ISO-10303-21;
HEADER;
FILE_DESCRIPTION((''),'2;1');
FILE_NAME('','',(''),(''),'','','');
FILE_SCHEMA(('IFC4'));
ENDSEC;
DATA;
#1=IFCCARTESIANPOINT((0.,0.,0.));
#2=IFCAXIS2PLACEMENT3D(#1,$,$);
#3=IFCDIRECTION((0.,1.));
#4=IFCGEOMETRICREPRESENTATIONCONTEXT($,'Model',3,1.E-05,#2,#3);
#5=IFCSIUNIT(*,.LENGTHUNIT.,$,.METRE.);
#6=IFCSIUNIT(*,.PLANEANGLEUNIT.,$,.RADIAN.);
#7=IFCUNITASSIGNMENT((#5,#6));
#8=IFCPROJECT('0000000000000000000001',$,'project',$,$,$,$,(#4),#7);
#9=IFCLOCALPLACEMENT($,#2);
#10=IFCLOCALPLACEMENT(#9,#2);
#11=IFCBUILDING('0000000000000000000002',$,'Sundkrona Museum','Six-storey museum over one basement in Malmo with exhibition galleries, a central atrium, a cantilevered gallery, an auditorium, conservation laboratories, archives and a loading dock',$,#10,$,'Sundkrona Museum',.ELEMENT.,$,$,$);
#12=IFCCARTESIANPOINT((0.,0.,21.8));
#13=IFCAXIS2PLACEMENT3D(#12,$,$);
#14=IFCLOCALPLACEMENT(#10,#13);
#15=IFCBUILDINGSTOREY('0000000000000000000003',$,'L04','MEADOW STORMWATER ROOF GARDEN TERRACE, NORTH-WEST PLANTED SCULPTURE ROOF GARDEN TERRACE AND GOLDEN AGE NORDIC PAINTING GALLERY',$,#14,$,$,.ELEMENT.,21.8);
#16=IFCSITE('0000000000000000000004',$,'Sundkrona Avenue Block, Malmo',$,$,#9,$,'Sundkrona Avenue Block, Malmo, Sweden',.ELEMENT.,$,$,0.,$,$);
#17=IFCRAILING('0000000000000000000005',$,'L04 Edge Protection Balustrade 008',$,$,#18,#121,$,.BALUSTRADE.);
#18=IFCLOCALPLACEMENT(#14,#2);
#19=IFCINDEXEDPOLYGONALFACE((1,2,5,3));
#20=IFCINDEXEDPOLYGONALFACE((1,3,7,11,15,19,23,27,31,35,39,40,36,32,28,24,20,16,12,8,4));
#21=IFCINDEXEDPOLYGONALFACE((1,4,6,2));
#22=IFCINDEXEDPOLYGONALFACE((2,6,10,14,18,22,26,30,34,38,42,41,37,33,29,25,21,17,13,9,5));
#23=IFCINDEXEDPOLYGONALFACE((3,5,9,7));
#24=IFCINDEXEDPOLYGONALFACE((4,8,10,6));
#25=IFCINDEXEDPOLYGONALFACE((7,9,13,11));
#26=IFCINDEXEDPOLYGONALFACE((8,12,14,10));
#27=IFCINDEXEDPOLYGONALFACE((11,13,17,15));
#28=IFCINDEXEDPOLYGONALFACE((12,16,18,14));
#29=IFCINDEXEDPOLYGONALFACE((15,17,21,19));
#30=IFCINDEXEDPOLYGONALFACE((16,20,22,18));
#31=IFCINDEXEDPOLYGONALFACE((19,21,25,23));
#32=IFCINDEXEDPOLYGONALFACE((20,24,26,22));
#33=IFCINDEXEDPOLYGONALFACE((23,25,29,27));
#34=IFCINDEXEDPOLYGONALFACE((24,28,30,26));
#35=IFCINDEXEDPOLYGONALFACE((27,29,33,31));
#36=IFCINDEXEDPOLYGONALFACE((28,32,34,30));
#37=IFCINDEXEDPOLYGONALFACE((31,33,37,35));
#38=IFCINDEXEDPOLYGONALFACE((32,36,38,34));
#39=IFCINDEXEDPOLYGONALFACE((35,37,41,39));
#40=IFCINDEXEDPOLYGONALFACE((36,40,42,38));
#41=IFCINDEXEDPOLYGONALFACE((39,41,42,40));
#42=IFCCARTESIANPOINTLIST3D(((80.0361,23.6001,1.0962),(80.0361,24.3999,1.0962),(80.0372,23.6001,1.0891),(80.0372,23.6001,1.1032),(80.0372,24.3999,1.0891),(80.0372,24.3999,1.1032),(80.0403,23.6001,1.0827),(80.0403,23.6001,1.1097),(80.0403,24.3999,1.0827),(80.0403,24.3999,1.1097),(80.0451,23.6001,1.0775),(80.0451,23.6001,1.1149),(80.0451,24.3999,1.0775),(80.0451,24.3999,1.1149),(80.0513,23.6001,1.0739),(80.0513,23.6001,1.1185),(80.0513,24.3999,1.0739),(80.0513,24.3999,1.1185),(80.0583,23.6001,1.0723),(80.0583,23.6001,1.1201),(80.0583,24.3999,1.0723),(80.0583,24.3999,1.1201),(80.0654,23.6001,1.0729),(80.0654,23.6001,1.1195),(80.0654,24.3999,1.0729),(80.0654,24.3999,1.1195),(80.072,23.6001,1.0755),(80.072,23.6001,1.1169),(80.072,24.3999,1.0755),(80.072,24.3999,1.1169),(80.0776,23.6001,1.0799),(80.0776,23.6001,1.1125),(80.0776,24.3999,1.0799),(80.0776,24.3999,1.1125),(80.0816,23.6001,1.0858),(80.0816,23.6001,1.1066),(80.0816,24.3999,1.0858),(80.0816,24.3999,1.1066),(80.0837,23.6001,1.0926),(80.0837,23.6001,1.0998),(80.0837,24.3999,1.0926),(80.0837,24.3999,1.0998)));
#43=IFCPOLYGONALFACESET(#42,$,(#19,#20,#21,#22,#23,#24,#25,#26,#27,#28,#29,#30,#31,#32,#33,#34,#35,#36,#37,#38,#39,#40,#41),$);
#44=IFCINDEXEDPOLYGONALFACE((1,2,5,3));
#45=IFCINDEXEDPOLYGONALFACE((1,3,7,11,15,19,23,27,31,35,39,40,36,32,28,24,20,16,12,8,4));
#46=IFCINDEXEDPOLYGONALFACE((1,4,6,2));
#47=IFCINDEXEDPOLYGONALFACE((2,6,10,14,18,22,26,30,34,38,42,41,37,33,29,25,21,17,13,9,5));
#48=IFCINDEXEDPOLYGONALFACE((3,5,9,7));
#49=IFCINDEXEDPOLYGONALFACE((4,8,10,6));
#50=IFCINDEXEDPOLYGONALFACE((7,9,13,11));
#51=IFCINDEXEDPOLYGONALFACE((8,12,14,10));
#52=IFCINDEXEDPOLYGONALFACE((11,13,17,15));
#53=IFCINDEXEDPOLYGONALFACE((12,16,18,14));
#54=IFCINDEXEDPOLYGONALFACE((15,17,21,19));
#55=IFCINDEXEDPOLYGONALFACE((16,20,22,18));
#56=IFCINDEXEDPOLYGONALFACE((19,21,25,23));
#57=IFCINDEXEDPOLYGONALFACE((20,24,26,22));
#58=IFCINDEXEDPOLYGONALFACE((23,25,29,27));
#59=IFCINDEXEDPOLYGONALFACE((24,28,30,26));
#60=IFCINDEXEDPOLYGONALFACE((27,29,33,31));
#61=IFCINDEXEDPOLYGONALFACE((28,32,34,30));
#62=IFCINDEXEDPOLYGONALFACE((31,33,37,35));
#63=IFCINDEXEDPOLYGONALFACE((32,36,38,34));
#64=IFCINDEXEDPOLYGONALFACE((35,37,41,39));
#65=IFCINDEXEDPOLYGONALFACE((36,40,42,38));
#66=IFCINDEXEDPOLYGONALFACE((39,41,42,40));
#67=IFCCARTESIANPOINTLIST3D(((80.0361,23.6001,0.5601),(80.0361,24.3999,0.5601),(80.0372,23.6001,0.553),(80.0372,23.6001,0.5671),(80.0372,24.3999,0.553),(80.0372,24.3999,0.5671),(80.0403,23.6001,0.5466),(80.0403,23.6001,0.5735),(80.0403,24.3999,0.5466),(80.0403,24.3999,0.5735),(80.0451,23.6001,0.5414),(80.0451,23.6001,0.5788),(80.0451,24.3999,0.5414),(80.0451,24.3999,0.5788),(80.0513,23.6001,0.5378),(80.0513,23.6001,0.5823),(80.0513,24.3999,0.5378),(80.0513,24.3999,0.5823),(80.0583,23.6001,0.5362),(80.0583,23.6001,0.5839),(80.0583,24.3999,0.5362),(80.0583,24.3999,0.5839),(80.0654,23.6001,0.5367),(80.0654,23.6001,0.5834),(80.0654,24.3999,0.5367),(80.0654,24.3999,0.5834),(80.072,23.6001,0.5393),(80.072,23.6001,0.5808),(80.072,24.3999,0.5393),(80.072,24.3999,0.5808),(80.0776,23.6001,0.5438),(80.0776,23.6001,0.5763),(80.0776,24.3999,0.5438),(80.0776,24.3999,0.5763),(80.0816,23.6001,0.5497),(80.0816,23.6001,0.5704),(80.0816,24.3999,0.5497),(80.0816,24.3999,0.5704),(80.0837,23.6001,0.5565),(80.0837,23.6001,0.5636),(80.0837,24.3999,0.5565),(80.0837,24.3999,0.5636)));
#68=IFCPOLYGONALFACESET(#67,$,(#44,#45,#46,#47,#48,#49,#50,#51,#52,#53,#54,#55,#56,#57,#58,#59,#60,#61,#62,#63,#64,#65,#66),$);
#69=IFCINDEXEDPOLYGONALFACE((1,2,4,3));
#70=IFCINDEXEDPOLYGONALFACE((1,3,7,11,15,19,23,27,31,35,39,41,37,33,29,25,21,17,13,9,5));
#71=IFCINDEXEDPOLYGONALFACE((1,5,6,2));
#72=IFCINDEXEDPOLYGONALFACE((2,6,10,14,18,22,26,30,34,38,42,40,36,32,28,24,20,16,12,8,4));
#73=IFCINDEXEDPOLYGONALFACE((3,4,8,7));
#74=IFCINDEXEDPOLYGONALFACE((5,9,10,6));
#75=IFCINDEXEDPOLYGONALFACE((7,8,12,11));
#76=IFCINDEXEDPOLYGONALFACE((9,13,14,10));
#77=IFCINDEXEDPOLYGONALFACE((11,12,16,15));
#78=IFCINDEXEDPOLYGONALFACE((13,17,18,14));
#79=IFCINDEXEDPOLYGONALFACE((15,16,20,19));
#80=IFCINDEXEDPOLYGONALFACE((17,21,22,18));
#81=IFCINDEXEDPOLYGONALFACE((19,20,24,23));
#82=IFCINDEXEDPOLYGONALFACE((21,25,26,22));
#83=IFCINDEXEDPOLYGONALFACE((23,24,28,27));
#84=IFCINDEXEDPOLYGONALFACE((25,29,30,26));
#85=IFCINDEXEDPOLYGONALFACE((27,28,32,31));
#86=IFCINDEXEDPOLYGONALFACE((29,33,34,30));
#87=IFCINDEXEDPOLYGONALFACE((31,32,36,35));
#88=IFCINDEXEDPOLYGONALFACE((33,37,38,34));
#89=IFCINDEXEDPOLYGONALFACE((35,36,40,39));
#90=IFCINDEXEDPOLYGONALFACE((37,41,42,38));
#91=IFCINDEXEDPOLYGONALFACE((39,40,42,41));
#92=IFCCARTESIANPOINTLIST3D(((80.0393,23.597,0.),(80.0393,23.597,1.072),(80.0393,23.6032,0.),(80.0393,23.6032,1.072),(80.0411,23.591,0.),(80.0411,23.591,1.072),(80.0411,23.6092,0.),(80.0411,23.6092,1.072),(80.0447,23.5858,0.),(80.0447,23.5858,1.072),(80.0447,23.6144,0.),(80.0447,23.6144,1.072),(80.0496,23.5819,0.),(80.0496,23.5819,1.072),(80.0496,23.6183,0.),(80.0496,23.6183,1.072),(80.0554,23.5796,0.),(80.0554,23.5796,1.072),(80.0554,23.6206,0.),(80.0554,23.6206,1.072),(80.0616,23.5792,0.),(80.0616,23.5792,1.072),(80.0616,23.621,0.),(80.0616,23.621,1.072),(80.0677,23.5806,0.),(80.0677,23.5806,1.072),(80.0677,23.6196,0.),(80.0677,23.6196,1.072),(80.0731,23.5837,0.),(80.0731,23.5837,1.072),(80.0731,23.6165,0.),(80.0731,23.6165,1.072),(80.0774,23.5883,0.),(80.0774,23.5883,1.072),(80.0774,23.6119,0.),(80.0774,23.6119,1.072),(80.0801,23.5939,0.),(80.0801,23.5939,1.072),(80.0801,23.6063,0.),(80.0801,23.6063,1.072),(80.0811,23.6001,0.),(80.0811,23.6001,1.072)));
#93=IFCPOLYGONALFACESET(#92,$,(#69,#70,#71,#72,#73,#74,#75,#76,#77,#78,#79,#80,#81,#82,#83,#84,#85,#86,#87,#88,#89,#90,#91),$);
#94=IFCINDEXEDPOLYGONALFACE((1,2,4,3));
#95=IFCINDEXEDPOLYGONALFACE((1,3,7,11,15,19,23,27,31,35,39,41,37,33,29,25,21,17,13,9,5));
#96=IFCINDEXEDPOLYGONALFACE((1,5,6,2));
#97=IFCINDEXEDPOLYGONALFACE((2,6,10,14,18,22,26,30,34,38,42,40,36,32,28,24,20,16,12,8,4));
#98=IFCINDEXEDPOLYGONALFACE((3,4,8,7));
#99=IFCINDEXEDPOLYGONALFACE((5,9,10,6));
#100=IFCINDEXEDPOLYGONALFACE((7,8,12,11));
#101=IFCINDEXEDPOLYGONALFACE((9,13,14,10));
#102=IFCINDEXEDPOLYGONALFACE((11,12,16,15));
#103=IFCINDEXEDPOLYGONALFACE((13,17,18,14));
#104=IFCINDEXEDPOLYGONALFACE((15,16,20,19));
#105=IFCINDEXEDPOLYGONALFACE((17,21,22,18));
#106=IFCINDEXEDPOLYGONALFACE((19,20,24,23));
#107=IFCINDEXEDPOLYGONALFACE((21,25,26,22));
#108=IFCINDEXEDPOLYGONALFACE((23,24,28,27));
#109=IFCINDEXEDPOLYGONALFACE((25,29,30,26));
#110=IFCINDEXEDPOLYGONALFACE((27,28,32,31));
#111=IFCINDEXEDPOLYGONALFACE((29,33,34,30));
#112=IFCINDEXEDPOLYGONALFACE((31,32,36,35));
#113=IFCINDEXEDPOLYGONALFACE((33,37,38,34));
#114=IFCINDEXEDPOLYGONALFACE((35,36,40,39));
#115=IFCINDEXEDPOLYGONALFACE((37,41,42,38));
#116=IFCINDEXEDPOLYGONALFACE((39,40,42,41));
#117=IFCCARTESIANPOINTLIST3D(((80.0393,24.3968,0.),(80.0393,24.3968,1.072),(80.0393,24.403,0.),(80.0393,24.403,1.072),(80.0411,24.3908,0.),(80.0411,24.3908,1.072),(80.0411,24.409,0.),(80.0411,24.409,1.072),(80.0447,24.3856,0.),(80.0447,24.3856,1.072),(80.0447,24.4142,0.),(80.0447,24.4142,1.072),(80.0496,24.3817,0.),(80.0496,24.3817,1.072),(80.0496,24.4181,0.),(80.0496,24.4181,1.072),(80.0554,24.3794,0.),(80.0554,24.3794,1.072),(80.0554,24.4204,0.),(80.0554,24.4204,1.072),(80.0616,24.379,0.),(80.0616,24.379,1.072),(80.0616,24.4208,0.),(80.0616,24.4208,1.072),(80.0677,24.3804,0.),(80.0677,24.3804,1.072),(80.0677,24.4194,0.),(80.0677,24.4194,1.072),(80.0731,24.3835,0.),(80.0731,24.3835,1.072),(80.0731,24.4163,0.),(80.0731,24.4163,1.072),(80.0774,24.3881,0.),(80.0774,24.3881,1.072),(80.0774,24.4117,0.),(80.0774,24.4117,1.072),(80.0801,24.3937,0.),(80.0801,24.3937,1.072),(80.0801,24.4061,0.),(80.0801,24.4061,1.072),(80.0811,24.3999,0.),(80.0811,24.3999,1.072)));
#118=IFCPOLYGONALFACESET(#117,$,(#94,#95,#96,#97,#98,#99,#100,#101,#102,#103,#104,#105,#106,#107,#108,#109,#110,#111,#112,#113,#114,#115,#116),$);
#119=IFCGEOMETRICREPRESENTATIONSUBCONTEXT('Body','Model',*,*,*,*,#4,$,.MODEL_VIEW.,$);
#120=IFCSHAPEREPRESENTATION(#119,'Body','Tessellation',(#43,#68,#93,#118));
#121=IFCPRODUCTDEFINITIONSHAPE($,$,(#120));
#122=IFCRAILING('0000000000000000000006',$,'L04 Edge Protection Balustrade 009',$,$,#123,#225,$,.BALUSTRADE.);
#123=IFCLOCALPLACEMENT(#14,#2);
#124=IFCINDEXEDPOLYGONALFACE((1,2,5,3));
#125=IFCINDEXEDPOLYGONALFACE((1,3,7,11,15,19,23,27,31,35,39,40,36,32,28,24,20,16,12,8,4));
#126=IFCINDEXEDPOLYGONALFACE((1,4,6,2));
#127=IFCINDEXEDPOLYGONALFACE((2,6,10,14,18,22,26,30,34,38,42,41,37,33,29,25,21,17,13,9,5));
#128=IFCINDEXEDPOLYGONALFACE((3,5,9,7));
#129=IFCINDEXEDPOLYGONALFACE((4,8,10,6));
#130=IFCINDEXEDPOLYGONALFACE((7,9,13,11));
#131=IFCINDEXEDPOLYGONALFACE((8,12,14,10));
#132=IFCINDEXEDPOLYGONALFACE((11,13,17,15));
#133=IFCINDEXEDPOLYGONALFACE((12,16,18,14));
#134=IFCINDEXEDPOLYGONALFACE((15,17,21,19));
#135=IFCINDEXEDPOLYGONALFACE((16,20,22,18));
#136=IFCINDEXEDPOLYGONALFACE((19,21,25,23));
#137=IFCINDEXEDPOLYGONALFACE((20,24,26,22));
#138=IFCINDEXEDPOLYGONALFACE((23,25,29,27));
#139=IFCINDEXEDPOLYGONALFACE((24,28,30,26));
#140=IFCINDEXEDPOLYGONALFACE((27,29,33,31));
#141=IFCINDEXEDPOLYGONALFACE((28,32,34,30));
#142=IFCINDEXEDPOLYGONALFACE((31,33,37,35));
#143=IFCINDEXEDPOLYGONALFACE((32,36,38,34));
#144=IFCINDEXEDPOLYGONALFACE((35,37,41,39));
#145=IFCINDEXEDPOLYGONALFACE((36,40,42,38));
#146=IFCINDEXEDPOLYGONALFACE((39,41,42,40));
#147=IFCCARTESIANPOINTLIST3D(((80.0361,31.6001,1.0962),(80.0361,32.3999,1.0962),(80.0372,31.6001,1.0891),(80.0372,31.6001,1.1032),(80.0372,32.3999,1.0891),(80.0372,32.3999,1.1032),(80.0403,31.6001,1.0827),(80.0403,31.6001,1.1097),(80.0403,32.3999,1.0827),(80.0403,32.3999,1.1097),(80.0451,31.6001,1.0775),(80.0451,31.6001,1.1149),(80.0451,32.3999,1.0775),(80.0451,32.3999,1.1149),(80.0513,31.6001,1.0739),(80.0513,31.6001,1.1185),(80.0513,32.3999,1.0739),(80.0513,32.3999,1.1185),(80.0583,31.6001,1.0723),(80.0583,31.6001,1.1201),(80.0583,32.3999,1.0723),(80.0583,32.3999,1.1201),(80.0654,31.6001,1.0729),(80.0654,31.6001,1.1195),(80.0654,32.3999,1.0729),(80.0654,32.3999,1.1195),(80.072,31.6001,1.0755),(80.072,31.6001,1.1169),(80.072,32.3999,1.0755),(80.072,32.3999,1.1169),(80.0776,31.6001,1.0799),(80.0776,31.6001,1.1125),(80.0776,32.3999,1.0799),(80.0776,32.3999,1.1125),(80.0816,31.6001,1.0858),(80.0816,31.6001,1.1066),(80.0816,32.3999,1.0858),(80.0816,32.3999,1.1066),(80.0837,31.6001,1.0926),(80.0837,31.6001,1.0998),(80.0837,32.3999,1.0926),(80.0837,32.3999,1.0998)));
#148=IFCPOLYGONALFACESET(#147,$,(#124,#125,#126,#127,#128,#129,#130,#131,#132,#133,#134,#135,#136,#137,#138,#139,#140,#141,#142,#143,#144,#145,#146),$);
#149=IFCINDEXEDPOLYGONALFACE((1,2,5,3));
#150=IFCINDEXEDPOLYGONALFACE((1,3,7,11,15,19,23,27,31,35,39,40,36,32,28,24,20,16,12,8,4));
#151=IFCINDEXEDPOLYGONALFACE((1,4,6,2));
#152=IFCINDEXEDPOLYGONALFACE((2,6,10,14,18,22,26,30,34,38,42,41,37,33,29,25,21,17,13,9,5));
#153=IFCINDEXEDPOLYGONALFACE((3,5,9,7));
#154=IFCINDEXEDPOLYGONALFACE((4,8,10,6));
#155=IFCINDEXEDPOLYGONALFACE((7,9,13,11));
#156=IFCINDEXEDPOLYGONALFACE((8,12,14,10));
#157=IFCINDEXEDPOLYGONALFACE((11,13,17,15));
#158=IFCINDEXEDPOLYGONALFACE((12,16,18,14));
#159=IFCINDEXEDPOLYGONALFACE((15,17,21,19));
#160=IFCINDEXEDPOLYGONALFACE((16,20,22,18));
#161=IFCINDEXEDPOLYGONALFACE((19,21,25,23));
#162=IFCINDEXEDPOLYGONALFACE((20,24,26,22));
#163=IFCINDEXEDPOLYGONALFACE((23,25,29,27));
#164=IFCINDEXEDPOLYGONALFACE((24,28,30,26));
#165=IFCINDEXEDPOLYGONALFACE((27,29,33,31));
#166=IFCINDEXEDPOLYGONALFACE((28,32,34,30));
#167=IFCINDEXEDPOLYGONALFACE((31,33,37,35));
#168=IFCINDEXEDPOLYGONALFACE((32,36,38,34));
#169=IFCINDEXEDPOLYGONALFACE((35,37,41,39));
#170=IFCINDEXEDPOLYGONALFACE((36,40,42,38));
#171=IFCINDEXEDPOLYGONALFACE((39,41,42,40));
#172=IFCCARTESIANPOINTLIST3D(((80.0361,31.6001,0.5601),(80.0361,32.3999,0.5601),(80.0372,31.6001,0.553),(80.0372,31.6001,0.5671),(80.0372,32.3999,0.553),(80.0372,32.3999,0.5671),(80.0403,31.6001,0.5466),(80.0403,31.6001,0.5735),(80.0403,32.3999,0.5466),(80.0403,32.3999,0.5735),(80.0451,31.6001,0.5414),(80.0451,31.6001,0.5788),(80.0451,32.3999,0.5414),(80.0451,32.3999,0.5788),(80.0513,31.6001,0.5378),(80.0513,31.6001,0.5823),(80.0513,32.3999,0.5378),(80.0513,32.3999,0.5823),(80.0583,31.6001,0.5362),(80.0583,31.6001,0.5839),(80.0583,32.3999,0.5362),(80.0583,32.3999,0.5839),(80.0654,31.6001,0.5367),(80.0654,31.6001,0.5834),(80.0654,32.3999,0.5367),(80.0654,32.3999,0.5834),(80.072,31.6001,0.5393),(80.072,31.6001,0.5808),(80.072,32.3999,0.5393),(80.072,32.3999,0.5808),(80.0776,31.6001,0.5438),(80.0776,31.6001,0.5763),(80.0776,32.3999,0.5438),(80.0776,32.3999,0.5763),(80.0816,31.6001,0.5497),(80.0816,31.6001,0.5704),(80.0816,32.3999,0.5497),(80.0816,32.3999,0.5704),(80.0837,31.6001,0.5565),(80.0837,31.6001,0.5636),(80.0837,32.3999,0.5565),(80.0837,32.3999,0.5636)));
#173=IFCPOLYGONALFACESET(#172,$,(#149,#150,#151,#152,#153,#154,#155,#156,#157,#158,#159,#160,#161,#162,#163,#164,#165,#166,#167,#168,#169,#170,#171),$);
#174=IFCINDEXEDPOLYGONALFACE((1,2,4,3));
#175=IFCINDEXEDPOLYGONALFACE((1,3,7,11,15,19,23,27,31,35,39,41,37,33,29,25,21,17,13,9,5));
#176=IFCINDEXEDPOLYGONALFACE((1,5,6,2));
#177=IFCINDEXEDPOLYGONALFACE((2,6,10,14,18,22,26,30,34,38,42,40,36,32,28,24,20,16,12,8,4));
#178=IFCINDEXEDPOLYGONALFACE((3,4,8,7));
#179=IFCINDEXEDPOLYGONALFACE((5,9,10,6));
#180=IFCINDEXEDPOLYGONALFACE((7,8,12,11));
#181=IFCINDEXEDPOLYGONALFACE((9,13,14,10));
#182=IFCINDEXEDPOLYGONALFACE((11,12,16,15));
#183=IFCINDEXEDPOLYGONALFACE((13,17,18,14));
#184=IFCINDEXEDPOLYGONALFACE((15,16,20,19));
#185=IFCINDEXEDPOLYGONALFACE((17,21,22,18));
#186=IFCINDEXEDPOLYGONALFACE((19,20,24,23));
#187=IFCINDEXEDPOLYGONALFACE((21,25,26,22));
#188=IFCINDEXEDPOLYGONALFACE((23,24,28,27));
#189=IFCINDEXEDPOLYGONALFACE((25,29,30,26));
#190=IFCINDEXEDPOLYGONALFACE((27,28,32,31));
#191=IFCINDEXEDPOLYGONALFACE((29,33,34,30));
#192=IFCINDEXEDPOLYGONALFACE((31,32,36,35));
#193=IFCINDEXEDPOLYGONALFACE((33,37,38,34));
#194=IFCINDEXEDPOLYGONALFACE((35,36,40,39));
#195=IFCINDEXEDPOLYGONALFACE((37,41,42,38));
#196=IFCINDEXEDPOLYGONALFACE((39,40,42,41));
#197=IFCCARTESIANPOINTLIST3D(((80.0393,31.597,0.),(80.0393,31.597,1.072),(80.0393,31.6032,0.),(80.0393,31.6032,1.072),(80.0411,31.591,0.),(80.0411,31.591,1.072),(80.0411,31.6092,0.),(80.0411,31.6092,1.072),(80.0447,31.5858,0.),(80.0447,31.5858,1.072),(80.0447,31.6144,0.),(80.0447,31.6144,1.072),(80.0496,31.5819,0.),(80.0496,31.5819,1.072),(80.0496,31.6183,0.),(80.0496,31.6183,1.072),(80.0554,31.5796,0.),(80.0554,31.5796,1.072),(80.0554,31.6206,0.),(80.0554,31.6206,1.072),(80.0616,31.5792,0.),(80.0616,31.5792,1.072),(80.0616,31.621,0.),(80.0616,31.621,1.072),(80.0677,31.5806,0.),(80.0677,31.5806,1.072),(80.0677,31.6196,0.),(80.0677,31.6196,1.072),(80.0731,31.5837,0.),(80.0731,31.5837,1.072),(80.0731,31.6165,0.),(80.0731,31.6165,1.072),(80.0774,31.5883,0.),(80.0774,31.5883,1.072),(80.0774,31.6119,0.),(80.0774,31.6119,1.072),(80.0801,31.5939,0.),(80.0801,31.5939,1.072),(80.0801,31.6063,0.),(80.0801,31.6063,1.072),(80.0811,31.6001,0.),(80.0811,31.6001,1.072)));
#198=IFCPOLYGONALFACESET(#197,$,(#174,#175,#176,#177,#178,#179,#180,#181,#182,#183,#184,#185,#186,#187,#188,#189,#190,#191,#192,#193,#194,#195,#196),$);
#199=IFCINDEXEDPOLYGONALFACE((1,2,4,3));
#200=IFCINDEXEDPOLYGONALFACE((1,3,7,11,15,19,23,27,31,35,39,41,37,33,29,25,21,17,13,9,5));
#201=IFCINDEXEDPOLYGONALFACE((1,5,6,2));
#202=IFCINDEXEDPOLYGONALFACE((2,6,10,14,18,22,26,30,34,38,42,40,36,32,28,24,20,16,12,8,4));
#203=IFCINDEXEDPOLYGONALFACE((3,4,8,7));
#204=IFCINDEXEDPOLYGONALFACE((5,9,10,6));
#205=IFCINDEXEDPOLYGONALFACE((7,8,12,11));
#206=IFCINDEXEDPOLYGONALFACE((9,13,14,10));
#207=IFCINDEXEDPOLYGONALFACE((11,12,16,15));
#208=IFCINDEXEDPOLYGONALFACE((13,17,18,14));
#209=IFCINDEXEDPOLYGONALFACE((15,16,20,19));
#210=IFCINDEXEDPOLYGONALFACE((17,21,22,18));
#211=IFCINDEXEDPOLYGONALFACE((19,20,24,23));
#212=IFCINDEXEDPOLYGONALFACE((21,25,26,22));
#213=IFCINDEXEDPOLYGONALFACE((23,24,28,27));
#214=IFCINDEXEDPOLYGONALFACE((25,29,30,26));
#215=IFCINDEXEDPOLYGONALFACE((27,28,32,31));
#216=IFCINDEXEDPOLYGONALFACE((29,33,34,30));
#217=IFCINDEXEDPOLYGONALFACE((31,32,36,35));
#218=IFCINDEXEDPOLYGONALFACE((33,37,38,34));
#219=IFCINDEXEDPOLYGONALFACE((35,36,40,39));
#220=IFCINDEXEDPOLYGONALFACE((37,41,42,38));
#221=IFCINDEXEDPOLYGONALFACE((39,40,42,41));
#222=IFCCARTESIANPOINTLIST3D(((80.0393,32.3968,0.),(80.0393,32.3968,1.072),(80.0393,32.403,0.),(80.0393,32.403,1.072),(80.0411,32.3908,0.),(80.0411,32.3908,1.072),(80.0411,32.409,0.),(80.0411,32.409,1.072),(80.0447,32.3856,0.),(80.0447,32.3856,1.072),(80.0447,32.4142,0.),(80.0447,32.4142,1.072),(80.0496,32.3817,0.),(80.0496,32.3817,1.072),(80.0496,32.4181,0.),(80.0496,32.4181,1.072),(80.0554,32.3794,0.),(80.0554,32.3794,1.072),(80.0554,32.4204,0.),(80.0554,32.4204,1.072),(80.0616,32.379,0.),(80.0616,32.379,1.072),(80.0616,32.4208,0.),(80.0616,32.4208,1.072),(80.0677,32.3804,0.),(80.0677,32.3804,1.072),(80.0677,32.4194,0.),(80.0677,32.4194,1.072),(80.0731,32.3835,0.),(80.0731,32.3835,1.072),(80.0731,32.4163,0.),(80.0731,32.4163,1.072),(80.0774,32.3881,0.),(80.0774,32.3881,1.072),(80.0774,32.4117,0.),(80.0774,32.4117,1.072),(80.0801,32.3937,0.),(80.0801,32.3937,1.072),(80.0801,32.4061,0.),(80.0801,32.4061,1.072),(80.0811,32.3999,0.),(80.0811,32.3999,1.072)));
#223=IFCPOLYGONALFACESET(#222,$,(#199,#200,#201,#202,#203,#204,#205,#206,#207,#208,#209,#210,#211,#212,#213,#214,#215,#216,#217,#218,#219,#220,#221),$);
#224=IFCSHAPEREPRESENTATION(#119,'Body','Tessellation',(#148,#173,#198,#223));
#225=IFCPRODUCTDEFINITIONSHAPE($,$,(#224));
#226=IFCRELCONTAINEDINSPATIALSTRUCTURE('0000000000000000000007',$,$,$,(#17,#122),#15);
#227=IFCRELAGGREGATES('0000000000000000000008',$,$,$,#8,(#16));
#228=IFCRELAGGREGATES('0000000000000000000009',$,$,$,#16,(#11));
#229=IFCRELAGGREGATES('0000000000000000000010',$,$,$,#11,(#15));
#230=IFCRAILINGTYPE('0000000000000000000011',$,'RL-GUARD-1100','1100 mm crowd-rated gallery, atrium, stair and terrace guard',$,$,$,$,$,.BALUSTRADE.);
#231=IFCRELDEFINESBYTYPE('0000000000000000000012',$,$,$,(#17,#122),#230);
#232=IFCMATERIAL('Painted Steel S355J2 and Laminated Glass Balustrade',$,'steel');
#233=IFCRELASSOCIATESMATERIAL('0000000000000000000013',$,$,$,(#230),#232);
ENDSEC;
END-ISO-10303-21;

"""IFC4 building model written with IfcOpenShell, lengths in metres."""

from ifc_helpers import new_model, si_unit, direction, frame, origin, origin_2d, place, context, subcontext, project, spatial, circle, extrude, material, type_object, element, save


model = new_model("IFC4")

# Units and contexts
model_context = context("Model", 3, precision=1e-05, world=origin(), true_north=direction((0.0, 1.0)))
body_context = subcontext(model_context, "Body", "Model", "MODEL_VIEW")
ifc_project = project(units=[si_unit("LENGTHUNIT", "METRE"), si_unit("PLANEANGLEUNIT", "RADIAN")], contexts=[model_context])

# Site, building, storey
site_placement = place(None, origin())
site = spatial("IfcSite", under=ifc_project, at=site_placement, Name="Sundkrona Avenue Block, Malmo", LongName="Sundkrona Avenue Block, Malmo, Sweden", CompositionType="ELEMENT", RefElevation=0.0)
building_placement = place(site_placement, origin())
building = spatial("IfcBuilding", under=site, at=building_placement, Name="Sundkrona Museum", Description="Six-storey museum over one basement in Malmo with exhibition galleries, a central atrium, a cantilevered gallery, an auditorium, conservation laboratories, archives and a loading dock", LongName="Sundkrona Museum", CompositionType="ELEMENT")
storey_placement = place(building_placement, frame((0.0, 0.0, 21.8)))
storey = spatial("IfcBuildingStorey", under=building, at=storey_placement, Name="L04", Description="MEADOW STORMWATER ROOF GARDEN TERRACE, NORTH-WEST PLANTED SCULPTURE ROOF GARDEN TERRACE AND GOLDEN AGE NORDIC PAINTING GALLERY", CompositionType="ELEMENT", Elevation=21.8)

# Railings
ifc_material_1 = material(Name="Painted Steel S355J2 and Laminated Glass Balustrade", Category="steel")
railing_type = type_object("IfcRailingType", Name="RL-GUARD-1100", Description="1100 mm crowd-rated gallery, atrium, stair and terrace guard", PredefinedType="BALUSTRADE", material=ifc_material_1)
for number, where, name in (
    (1, (80.0601, 23.6001, 0.0), "L04 Edge Protection Balustrade 008"),
    (2, (80.0601, 31.6001, 0.0), "L04 Edge Protection Balustrade 009"),
):
    element("IfcRailing", number, at=place(storey_placement, frame(where)), inside=storey, type_object=railing_type, Name=name, PredefinedType="BALUSTRADE", context=body_context, shape_type="SweptSolid", body=[
        extrude(circle(Radius=0.0239, at=origin_2d()), frame((0.0, 0.0, 1.0962), z_axis=(0.0, 1.0, 0.0), x_axis=(-1.0, 0.0, 0.0)), (0.0, 0.0, 1.0), 0.7998),
        extrude(circle(Radius=0.0239, at=origin_2d()), frame((0.0, 0.0, 0.5601), z_axis=(0.0, 1.0, 0.0), x_axis=(-1.0, 0.0, 0.0)), (0.0, 0.0, 1.0), 0.7998),
        extrude(circle(Radius=0.021, at=origin_2d()), origin(), (0.0, 0.0, 1.0), 1.072),
        extrude(circle(Radius=0.021, at=origin_2d()), frame((0.0, 0.7998, 0.0)), (0.0, 0.0, 1.0), 1.072),
    ])

save(model, "model.ifc")
